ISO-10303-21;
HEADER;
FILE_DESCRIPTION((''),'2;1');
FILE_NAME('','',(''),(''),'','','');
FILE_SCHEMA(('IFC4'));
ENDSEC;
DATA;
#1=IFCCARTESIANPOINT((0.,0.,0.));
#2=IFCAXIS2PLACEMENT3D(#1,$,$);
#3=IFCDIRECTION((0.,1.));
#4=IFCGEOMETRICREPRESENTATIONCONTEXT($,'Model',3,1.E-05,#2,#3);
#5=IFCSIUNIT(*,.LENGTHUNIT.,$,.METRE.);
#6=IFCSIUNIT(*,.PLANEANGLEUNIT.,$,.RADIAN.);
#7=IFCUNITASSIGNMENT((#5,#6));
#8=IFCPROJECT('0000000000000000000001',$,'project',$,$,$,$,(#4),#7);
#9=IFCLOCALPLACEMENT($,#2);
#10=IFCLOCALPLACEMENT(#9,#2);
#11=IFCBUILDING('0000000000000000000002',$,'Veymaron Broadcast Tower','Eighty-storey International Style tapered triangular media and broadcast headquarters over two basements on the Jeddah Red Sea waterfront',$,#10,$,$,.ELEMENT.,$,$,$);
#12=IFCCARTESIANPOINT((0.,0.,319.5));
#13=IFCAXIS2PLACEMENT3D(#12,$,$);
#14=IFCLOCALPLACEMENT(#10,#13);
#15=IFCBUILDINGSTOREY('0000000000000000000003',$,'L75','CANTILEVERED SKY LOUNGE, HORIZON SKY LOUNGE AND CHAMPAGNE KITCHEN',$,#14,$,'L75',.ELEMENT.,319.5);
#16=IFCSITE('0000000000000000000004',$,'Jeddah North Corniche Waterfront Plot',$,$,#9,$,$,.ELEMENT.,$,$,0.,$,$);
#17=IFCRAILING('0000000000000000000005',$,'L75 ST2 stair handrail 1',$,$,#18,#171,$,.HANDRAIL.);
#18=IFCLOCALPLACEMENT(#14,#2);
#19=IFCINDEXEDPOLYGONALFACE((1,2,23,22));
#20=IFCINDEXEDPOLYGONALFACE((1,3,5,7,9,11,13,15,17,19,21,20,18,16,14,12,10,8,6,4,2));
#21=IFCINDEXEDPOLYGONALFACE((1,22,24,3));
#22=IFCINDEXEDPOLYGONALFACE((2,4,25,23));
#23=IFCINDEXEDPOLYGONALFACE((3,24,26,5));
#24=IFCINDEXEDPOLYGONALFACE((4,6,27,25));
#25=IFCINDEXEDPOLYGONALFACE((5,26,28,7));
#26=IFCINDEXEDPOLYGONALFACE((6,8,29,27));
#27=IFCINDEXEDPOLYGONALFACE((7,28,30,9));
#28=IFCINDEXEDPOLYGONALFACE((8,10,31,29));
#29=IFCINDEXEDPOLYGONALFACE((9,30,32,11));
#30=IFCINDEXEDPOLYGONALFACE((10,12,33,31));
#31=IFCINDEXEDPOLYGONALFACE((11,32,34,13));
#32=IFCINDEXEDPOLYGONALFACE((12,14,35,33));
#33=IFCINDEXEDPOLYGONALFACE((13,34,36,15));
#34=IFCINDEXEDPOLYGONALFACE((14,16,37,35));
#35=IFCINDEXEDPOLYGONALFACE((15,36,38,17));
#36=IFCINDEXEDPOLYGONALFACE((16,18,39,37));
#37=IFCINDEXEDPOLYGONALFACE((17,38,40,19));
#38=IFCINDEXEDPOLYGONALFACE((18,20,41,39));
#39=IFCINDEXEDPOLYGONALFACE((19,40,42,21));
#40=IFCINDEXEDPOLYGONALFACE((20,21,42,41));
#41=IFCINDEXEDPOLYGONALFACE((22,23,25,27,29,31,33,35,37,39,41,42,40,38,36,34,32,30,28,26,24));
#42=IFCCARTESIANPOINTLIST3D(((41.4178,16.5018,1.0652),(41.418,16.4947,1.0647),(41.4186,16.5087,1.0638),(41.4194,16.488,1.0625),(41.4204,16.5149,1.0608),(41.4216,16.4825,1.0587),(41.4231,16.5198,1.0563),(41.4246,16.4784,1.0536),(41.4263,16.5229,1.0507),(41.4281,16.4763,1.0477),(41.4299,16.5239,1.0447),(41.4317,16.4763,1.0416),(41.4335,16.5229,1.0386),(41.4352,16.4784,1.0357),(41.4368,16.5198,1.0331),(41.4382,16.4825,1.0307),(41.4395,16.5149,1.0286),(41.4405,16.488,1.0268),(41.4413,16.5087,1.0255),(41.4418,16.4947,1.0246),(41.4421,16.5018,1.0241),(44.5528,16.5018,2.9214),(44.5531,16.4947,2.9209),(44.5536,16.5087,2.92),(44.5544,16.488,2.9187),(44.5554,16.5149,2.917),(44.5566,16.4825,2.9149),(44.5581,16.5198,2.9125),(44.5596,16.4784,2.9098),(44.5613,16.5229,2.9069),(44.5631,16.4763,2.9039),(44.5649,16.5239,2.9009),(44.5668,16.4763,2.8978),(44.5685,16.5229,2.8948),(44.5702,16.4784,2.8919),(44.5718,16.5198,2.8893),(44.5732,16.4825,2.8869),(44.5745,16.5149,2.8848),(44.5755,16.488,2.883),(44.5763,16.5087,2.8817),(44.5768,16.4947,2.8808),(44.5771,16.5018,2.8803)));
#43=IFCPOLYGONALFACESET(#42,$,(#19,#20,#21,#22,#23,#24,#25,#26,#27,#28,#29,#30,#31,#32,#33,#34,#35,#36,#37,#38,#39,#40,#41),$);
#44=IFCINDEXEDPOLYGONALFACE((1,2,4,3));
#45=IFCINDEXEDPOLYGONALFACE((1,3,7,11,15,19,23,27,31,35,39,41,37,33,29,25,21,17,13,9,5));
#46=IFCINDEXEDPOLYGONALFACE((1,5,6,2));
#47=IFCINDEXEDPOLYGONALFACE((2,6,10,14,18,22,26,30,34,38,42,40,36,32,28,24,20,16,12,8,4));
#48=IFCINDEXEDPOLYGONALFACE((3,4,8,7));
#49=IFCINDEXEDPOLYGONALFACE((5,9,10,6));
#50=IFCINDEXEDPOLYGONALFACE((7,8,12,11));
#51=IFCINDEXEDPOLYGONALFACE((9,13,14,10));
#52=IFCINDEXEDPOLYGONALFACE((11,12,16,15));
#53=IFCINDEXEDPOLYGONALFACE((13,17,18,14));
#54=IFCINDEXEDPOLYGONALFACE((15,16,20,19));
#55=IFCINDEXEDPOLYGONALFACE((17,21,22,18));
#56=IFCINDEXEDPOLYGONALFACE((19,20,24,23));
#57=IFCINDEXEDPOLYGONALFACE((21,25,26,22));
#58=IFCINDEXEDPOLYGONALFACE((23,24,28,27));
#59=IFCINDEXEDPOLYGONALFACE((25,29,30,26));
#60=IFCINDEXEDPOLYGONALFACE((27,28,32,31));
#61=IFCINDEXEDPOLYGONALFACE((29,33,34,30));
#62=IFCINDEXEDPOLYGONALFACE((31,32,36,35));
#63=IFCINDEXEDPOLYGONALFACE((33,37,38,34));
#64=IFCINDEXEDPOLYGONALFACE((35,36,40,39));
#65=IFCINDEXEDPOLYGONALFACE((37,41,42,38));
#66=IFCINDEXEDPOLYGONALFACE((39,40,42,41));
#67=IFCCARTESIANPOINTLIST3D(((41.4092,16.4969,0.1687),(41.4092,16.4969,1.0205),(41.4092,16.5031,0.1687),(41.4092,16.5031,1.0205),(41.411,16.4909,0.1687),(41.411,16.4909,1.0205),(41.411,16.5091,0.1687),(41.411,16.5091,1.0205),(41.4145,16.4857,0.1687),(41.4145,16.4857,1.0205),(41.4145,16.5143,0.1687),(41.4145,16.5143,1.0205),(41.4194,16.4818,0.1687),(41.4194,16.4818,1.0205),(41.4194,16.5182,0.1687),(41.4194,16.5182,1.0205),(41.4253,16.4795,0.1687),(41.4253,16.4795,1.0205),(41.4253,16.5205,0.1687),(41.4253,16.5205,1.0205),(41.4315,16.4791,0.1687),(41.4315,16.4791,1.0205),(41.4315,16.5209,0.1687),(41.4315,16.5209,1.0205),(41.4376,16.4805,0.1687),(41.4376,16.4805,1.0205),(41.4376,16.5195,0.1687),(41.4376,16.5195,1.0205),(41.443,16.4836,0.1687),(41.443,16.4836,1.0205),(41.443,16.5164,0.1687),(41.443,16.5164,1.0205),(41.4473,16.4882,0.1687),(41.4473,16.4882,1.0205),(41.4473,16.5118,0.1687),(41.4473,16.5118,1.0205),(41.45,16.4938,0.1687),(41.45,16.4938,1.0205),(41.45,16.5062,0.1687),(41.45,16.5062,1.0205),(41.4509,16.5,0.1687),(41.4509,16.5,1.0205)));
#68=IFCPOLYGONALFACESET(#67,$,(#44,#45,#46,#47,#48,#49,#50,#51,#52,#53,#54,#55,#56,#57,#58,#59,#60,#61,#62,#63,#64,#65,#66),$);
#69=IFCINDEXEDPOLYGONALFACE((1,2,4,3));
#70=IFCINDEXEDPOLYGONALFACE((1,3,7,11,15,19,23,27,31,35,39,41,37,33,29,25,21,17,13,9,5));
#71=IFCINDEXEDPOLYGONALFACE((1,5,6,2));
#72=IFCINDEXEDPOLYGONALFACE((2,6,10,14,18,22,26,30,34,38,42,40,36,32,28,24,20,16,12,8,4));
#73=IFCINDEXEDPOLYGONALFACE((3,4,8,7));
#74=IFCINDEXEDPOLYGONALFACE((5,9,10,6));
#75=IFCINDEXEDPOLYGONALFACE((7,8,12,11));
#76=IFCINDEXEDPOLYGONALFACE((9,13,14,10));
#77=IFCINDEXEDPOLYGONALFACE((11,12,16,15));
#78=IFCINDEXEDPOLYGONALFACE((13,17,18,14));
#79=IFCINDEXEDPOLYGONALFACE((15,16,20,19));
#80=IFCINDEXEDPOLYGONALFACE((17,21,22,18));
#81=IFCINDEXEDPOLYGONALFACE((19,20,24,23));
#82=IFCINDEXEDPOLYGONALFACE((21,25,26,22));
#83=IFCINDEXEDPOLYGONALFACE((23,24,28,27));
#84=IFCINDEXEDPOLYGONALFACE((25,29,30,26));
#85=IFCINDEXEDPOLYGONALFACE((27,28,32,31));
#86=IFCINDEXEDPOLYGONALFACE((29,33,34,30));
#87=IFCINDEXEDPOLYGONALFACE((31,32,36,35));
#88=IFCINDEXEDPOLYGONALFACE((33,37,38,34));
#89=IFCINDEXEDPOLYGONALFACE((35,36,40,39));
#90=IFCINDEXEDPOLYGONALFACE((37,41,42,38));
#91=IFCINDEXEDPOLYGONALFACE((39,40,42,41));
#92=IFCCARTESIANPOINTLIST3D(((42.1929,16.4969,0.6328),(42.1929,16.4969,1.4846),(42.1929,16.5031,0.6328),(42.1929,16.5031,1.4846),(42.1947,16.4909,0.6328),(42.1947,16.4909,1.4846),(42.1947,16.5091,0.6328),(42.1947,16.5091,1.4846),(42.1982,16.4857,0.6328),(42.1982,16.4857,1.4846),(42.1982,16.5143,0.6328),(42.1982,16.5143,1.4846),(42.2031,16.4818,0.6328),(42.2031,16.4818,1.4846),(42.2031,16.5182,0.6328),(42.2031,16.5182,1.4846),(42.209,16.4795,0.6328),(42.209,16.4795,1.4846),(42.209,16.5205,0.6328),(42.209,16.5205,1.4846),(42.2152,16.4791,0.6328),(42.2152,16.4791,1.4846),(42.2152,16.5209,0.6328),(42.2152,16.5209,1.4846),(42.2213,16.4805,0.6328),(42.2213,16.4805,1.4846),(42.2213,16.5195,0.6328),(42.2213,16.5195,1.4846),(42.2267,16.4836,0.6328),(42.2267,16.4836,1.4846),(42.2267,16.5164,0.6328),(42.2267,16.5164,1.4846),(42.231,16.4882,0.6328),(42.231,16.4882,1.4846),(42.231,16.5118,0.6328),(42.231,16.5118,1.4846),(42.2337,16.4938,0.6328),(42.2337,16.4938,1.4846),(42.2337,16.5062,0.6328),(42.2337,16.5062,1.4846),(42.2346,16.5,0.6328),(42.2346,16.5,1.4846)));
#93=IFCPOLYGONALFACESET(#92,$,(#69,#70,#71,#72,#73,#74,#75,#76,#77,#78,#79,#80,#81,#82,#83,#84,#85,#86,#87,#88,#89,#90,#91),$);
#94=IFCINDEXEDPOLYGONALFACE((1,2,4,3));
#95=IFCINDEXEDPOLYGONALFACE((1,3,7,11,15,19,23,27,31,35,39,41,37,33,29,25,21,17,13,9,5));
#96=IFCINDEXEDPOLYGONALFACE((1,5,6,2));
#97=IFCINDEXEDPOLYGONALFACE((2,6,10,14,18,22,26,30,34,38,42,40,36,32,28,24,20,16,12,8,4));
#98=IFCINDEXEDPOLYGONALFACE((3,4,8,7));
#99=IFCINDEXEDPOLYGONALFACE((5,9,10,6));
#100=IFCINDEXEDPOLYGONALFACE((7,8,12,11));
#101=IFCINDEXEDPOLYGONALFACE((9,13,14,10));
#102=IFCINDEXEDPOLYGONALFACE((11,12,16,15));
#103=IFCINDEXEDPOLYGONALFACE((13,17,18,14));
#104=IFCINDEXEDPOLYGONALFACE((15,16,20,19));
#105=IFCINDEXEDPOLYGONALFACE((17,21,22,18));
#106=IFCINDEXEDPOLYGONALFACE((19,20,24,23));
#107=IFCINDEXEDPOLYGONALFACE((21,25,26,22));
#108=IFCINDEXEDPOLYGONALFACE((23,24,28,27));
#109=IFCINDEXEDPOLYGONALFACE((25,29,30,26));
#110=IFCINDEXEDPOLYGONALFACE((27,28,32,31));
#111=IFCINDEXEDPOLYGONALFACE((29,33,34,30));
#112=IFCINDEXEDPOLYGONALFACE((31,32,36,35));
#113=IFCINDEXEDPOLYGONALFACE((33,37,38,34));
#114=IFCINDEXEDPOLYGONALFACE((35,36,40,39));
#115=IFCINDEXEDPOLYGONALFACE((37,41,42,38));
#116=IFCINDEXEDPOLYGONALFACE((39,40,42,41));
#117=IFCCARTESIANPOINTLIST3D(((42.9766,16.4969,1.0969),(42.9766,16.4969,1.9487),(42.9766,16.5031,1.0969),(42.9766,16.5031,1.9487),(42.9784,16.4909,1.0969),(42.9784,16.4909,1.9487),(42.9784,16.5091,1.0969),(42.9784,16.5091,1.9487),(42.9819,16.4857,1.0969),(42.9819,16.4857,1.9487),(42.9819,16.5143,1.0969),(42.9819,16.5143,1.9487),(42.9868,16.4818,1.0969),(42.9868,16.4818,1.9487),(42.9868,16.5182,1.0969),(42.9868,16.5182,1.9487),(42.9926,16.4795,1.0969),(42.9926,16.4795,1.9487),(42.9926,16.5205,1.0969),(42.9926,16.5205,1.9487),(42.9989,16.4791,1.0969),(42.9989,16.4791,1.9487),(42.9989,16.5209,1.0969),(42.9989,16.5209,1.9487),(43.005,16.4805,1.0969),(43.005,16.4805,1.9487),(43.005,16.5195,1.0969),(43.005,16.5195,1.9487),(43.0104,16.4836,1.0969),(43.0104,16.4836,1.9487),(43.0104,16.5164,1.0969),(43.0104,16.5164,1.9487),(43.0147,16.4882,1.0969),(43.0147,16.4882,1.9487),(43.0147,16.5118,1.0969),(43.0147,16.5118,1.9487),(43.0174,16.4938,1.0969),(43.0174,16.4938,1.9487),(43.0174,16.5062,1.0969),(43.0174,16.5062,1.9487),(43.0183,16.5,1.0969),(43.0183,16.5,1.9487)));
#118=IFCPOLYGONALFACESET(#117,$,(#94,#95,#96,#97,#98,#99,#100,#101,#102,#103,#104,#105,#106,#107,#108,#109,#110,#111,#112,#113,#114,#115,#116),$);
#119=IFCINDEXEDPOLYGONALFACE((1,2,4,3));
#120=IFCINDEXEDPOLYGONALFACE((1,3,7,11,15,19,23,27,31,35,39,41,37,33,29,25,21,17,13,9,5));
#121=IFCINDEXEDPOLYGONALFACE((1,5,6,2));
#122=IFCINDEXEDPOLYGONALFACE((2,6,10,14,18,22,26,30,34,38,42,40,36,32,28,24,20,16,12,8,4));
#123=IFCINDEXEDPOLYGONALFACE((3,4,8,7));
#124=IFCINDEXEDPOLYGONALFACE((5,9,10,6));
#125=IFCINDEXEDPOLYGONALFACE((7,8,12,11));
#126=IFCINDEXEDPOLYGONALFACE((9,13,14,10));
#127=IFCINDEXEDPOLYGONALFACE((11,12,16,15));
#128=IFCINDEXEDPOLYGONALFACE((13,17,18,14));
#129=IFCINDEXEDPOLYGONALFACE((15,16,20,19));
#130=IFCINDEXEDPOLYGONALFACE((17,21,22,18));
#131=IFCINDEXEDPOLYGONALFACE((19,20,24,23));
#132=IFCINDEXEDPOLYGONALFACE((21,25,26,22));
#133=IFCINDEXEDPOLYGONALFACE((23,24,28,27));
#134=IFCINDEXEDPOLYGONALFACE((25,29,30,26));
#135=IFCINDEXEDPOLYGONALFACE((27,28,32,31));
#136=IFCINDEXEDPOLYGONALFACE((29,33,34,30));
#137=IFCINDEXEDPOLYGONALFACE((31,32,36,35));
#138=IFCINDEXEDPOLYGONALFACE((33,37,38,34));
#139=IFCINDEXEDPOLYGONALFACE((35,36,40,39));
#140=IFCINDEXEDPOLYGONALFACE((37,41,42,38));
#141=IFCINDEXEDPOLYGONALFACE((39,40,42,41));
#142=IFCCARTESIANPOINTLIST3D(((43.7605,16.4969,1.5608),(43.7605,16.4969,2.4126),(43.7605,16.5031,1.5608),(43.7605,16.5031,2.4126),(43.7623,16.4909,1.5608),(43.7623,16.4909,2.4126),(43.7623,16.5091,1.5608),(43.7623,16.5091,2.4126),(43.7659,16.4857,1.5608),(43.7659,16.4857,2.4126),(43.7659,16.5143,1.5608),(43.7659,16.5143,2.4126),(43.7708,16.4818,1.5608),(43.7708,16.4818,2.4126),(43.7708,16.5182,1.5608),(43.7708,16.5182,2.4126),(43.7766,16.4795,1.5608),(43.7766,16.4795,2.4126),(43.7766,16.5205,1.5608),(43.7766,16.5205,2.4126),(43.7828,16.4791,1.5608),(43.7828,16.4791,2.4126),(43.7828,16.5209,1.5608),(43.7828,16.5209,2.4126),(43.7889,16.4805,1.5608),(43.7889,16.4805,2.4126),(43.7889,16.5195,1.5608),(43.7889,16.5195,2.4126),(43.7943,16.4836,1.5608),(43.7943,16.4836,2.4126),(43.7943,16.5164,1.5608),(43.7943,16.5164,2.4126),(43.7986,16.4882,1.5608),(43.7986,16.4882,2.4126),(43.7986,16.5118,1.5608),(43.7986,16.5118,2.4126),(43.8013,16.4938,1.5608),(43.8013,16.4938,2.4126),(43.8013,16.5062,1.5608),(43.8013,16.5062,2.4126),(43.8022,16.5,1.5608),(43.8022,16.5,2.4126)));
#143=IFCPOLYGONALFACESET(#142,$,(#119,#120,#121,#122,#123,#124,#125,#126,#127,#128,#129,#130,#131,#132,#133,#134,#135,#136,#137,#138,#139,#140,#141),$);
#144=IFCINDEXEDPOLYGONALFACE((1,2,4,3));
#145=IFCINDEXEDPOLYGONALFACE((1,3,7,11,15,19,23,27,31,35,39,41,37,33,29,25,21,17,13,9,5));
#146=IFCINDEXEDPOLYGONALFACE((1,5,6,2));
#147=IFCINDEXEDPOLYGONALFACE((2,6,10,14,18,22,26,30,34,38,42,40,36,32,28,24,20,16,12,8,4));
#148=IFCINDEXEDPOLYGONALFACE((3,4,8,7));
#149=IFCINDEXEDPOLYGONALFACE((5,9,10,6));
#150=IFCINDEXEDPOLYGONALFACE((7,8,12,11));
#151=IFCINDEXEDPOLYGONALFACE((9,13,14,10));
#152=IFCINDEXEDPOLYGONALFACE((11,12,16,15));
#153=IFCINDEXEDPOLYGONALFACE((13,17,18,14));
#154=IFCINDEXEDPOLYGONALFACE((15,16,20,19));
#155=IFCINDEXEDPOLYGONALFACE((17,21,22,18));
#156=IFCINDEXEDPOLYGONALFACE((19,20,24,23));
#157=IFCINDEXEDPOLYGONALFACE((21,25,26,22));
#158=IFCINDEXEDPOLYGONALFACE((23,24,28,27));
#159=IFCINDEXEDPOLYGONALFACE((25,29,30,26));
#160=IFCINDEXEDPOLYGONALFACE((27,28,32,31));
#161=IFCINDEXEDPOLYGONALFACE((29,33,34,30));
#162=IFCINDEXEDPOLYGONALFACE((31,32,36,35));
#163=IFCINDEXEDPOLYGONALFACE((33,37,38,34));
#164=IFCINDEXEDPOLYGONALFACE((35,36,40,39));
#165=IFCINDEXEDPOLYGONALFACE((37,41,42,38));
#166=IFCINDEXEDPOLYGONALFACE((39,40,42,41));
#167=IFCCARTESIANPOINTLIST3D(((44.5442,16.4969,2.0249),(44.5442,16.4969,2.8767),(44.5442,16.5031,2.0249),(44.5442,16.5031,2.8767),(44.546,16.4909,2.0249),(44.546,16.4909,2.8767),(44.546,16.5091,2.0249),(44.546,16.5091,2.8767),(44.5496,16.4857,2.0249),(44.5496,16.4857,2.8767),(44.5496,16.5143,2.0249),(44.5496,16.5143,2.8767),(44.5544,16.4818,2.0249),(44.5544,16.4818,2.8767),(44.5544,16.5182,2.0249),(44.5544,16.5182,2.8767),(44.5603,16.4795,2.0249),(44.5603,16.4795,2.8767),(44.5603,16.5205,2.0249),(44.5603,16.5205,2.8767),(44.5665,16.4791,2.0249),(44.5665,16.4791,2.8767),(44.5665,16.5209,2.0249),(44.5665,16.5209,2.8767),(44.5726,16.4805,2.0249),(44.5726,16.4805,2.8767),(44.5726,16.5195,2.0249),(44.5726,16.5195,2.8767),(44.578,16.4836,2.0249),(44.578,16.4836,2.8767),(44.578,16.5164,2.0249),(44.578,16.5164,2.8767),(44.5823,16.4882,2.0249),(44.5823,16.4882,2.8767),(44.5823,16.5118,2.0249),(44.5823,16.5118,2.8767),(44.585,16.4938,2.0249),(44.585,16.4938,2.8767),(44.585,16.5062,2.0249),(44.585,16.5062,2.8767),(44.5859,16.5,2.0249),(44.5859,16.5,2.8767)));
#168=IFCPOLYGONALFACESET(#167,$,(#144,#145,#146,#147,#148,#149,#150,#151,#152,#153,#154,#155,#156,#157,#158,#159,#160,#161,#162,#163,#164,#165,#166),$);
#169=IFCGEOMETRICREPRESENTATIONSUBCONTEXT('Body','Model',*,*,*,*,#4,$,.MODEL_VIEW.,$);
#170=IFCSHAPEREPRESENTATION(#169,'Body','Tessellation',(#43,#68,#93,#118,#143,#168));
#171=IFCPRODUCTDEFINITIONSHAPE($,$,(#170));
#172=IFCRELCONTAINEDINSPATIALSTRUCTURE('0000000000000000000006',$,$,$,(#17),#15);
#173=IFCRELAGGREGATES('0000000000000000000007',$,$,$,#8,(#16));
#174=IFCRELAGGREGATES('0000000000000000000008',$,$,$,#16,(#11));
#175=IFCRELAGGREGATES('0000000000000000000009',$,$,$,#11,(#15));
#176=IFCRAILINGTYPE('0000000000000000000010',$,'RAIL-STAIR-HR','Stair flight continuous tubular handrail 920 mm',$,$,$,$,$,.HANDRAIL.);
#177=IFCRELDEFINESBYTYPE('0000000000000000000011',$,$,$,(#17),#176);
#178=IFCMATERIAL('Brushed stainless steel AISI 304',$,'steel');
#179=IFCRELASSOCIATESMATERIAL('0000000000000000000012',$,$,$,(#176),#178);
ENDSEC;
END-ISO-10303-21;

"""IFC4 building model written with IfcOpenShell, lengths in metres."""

from ifc_helpers import new_model, si_unit, direction, frame, origin, origin_2d, place, context, subcontext, project, spatial, circle, extrude, material, type_object, element, save


model = new_model("IFC4")

# Units and contexts
model_context = context("Model", 3, precision=1e-05, world=origin(), true_north=direction((0.0, 1.0)))
body_context = subcontext(model_context, "Body", "Model", "MODEL_VIEW")
ifc_project = project(units=[si_unit("LENGTHUNIT", "METRE"), si_unit("PLANEANGLEUNIT", "RADIAN")], contexts=[model_context])

# Site, building, storey
site_placement = place(None, origin())
site = spatial("IfcSite", under=ifc_project, at=site_placement, Name="Jeddah North Corniche Waterfront Plot", CompositionType="ELEMENT", RefElevation=0.0)
building_placement = place(site_placement, origin())
building = spatial("IfcBuilding", under=site, at=building_placement, Name="Veymaron Broadcast Tower", Description="Eighty-storey International Style tapered triangular media and broadcast headquarters over two basements on the Jeddah Red Sea waterfront", CompositionType="ELEMENT")
storey_placement = place(building_placement, frame((0.0, 0.0, 319.5)))
storey = spatial("IfcBuildingStorey", under=building, at=storey_placement, Name="L75", Description="CANTILEVERED SKY LOUNGE, HORIZON SKY LOUNGE AND CHAMPAGNE KITCHEN", LongName="L75", CompositionType="ELEMENT", Elevation=319.5)

# Railing
ifc_material_1 = material(Name="Brushed stainless steel AISI 304", Category="steel")
railing_type_1 = type_object("IfcRailingType", Name="RAIL-STAIR-HR", Description="Stair flight continuous tubular handrail 920 mm", PredefinedType="HANDRAIL", material=ifc_material_1)
railing_1_placement = place(storey_placement, frame((41.4299, 16.5, 0.1687)))
element("IfcRailing", 1, at=railing_1_placement, inside=storey, type_object=railing_type_1, Name="L75 ST2 stair handrail 1", PredefinedType="HANDRAIL", context=body_context, shape_type="SweptSolid", body=[
    extrude(circle(Radius=0.0239, at=origin_2d()), frame((0.0, 0.0, 0.876), z_axis=(0.860482, 0.0, 0.509481), x_axis=(0.0, 1.0, 0.0)), (0.0, 0.0, 1.0), 3.6433),
    extrude(circle(Radius=0.021, at=origin_2d()), origin(), (0.0, 0.0, 1.0), 0.8518),
    extrude(circle(Radius=0.021, at=origin_2d()), frame((0.7837, 0.0, 0.4641)), (0.0, 0.0, 1.0), 0.8518),
    extrude(circle(Radius=0.021, at=origin_2d()), frame((1.5674, 0.0, 0.9282)), (0.0, 0.0, 1.0), 0.8518),
    extrude(circle(Radius=0.021, at=origin_2d()), frame((2.3513, 0.0, 1.3921)), (0.0, 0.0, 1.0), 0.8518),
    extrude(circle(Radius=0.021, at=origin_2d()), frame((3.135, 0.0, 1.8562)), (0.0, 0.0, 1.0), 0.8518),
])

save(model, "model.ifc")
